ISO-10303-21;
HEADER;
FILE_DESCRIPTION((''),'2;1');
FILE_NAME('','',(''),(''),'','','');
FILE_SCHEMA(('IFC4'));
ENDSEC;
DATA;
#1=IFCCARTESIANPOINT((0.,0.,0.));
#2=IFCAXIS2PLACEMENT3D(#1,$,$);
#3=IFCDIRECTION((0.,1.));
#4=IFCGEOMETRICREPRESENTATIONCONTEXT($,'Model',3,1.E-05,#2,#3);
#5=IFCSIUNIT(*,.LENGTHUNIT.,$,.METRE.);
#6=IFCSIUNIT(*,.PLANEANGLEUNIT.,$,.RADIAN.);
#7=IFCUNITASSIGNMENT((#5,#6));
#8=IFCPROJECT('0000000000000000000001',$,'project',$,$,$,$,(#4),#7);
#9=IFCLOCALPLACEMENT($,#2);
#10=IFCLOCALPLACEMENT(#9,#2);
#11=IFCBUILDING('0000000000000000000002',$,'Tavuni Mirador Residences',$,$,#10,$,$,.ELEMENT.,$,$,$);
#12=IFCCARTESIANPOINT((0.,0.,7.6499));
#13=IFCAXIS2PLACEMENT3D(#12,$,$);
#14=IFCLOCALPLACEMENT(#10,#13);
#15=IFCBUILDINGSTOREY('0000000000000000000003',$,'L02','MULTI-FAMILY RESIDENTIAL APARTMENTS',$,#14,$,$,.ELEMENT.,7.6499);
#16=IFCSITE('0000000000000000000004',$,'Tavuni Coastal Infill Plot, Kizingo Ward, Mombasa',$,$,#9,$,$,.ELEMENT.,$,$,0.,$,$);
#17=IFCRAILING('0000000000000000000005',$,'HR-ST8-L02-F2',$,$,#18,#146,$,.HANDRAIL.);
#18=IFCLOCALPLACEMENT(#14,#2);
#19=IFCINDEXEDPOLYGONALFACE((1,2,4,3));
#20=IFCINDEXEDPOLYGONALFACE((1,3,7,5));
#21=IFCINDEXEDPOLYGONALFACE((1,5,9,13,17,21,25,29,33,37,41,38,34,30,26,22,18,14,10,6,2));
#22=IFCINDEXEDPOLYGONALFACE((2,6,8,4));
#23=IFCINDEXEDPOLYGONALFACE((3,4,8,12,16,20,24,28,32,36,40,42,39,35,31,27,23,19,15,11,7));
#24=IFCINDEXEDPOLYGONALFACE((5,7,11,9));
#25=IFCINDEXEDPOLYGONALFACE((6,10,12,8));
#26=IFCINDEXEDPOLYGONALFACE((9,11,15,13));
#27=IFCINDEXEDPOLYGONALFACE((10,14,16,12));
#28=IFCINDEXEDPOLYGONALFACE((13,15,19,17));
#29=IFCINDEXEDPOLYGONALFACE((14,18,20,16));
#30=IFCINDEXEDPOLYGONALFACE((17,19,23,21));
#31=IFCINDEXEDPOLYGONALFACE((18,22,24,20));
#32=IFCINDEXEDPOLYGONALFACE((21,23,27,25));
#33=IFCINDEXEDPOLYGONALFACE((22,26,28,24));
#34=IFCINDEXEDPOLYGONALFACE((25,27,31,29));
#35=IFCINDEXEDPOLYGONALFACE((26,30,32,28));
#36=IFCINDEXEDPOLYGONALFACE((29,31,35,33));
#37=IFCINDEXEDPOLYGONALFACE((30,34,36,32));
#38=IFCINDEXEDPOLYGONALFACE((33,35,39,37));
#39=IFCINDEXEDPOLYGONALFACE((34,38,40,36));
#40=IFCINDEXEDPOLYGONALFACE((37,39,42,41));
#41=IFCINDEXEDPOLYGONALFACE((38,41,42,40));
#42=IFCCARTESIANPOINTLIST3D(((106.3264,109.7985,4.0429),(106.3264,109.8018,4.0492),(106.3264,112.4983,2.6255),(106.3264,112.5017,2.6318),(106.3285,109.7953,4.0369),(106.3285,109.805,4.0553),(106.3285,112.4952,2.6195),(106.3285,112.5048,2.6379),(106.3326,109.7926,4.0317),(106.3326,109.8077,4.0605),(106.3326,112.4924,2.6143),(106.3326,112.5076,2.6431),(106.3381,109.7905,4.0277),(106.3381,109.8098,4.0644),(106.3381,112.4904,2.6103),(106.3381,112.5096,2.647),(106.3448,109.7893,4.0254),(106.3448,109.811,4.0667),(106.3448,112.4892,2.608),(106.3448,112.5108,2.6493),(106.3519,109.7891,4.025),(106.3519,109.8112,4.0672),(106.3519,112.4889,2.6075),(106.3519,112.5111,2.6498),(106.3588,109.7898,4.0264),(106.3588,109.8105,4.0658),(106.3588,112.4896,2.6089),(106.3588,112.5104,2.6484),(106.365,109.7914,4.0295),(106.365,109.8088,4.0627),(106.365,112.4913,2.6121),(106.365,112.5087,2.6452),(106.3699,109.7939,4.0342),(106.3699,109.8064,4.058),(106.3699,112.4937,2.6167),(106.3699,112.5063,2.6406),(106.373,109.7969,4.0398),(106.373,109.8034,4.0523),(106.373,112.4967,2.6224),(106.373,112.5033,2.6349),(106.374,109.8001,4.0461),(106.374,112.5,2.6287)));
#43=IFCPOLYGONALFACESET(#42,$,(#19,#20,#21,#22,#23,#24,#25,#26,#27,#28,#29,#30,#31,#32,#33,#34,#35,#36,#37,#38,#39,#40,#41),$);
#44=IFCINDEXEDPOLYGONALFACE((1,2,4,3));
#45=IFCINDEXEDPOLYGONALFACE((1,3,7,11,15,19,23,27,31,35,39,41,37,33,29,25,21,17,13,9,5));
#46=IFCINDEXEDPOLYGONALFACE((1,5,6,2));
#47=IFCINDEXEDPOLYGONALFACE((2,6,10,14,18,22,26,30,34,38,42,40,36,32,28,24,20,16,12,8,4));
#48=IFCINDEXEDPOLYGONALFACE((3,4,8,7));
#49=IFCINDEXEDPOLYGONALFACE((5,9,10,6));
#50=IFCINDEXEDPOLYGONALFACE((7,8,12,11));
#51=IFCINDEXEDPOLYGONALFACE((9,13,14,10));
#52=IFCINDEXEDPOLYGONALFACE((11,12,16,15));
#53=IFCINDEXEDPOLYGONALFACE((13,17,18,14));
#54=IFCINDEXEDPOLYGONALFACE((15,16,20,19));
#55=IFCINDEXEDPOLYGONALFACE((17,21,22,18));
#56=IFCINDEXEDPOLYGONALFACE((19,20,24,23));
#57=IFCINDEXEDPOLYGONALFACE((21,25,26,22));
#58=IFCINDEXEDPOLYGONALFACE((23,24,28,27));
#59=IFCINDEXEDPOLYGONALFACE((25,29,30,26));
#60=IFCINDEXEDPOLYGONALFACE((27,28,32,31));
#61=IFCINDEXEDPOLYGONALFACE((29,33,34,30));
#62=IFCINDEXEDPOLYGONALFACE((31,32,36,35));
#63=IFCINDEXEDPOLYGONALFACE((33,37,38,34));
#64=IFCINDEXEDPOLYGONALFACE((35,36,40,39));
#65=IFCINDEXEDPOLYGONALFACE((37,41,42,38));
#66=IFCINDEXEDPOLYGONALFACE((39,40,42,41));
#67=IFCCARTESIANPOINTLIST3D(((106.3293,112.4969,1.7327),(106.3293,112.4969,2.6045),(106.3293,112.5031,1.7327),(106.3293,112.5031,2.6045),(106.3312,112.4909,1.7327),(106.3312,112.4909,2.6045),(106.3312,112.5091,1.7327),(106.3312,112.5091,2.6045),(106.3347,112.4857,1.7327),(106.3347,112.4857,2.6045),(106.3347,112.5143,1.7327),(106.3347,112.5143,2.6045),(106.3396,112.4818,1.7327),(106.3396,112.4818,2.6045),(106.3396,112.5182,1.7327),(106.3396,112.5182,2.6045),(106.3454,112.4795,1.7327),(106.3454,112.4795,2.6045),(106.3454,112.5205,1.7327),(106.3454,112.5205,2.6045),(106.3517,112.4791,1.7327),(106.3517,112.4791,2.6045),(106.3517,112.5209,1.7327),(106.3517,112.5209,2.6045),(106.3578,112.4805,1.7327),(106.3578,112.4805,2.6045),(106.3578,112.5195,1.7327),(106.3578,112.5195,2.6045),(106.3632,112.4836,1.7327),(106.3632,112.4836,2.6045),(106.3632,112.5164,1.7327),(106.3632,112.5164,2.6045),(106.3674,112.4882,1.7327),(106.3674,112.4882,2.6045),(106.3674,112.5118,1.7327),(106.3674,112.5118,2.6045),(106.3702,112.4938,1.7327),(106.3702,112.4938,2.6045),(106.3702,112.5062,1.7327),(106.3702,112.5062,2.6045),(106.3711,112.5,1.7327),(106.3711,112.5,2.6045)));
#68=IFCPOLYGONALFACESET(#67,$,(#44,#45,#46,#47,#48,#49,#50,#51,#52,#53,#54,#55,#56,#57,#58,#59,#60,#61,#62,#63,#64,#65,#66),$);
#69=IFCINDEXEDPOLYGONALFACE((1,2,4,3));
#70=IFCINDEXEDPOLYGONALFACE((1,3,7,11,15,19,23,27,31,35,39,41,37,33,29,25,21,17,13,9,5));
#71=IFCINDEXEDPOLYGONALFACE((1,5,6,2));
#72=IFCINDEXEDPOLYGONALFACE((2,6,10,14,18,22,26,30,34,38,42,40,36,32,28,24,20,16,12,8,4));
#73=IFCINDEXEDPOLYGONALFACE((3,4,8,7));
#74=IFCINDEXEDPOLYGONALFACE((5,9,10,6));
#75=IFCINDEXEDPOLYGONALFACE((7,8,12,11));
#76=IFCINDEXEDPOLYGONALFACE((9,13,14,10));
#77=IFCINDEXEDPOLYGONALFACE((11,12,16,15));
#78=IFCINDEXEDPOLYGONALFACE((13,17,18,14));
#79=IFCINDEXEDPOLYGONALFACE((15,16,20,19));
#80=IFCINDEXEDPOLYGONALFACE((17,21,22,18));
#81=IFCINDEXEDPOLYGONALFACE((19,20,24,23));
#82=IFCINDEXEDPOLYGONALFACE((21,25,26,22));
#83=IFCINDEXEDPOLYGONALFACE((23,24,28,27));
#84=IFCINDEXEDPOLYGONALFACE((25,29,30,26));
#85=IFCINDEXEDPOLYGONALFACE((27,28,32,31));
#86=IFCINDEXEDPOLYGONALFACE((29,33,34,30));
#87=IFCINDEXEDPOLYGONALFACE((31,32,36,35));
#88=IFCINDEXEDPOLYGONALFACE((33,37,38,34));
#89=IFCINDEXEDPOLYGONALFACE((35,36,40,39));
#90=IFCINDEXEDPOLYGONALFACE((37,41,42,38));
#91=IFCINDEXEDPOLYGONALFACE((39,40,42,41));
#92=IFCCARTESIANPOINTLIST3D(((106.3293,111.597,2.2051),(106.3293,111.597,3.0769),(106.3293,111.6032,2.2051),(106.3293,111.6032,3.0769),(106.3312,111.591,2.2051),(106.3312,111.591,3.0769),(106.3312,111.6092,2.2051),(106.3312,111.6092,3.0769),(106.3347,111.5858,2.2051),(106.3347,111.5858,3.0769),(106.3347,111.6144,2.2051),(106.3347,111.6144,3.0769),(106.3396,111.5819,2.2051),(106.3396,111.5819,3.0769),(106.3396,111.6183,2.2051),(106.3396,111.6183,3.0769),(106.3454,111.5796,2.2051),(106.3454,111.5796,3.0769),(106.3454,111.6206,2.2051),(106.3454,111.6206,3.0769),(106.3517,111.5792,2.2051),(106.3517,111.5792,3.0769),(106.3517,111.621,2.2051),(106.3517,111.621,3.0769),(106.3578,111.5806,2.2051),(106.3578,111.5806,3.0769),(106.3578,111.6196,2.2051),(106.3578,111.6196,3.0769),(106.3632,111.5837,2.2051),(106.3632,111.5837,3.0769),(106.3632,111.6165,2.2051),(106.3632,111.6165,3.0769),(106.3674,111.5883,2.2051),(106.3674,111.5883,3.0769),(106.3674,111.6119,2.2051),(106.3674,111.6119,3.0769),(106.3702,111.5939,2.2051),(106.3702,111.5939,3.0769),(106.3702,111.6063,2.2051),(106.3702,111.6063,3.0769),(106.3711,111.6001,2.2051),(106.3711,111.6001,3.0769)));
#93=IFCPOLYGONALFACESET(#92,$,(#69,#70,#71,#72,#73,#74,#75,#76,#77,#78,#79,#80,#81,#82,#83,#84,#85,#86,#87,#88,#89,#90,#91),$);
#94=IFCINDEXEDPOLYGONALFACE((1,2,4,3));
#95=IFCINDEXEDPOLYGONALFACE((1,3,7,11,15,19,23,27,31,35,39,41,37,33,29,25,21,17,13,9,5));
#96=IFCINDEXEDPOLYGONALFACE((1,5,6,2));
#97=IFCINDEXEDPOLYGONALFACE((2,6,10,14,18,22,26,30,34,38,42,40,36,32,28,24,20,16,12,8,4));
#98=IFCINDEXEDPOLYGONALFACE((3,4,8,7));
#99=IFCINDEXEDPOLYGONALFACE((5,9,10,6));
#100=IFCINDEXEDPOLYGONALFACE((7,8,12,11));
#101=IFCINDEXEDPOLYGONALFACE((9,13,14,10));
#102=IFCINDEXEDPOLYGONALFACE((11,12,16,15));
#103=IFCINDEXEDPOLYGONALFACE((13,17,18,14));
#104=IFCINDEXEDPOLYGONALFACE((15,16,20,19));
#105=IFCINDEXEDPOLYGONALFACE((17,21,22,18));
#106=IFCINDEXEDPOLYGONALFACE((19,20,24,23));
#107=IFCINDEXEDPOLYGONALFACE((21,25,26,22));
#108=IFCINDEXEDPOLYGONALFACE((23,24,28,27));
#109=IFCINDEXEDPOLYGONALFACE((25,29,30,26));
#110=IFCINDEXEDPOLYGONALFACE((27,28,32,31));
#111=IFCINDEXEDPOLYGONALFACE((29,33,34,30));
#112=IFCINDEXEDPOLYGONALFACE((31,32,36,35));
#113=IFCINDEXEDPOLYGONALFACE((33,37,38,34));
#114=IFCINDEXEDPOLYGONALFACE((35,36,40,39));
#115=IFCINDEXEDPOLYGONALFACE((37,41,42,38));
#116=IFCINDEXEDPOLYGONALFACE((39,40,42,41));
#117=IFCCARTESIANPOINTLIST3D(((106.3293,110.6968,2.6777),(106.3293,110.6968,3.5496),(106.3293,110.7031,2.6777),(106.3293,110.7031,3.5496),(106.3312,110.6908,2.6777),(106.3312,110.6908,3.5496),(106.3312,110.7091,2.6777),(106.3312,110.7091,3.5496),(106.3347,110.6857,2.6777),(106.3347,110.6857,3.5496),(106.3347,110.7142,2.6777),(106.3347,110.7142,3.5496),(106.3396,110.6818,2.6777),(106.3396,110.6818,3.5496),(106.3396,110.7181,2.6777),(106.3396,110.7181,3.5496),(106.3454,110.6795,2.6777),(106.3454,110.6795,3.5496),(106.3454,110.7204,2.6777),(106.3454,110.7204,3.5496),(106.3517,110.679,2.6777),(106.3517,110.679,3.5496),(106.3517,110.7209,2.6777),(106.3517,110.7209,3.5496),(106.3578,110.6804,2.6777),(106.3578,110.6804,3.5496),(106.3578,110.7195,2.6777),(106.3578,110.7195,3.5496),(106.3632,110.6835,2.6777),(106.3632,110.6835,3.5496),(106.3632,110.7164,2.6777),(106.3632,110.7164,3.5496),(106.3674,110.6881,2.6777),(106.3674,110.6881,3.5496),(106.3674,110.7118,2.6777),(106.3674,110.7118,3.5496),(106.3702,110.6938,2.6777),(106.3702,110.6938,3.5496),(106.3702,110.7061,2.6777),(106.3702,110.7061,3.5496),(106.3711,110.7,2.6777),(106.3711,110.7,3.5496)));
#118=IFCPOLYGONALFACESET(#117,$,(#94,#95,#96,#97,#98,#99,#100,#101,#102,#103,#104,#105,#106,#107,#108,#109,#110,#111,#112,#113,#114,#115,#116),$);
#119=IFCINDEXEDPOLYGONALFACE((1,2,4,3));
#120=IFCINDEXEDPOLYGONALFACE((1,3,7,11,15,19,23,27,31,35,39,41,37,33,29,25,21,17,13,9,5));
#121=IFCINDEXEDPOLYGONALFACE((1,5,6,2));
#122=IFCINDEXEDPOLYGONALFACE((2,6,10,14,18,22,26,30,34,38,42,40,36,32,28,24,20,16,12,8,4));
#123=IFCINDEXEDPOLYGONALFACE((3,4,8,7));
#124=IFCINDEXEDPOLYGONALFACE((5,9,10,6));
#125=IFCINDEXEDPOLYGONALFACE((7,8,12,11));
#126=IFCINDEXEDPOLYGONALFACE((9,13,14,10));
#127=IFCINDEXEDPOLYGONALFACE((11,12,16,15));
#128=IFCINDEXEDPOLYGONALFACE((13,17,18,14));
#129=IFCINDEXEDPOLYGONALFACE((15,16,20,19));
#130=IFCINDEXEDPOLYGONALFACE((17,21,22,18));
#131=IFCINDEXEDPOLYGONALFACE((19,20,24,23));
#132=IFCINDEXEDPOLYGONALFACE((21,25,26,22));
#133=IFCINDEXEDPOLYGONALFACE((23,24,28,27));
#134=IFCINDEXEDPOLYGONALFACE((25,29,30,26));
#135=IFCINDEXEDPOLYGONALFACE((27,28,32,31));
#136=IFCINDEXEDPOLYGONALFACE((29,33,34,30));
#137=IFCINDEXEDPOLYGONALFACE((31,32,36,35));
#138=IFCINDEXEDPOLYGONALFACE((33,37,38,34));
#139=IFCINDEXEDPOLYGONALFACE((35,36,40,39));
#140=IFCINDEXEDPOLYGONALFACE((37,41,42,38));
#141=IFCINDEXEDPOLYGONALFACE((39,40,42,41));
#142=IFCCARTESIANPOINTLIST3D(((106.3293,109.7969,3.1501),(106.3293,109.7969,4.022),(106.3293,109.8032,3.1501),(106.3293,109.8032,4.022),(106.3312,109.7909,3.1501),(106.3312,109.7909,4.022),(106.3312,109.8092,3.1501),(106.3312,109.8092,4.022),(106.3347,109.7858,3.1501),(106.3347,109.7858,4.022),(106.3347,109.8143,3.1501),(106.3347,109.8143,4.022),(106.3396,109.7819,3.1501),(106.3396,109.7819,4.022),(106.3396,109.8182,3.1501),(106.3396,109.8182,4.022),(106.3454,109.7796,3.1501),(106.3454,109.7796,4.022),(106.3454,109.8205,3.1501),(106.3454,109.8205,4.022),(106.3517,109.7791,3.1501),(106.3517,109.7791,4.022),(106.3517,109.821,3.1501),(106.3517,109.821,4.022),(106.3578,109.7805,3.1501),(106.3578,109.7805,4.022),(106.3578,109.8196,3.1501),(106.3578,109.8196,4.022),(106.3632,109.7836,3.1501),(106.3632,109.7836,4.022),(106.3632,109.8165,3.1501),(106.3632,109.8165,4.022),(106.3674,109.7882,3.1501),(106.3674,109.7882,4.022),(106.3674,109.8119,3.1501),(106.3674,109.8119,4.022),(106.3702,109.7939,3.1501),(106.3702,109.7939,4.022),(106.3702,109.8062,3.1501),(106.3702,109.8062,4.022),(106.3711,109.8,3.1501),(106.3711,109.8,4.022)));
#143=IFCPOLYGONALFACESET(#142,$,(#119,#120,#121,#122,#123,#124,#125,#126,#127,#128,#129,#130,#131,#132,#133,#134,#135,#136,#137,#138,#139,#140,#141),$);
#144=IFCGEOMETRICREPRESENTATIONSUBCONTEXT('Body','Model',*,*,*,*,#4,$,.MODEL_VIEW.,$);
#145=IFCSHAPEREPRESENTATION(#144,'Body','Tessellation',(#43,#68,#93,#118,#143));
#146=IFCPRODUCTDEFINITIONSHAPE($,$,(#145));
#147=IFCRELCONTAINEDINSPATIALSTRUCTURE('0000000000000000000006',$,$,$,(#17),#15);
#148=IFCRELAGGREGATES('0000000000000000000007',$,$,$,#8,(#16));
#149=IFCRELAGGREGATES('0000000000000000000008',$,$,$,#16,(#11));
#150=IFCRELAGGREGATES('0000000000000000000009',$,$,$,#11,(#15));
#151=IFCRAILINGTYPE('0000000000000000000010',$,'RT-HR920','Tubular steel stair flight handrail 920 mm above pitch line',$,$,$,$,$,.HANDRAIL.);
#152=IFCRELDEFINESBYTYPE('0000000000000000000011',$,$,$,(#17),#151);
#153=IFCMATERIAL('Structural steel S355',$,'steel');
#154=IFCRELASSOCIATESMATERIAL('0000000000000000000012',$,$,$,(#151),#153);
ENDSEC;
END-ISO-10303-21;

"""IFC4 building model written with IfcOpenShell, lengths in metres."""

from ifc_helpers import new_model, si_unit, direction, frame, origin, origin_2d, place, context, subcontext, project, spatial, circle, extrude, material, type_object, element, save


model = new_model("IFC4")

# Units and contexts
model_context = context("Model", 3, precision=1e-05, world=origin(), true_north=direction((0.0, 1.0)))
body_context = subcontext(model_context, "Body", "Model", "MODEL_VIEW")
ifc_project = project(units=[si_unit("LENGTHUNIT", "METRE"), si_unit("PLANEANGLEUNIT", "RADIAN")], contexts=[model_context])

# Site, building, storey
site_placement = place(None, origin())
site = spatial("IfcSite", under=ifc_project, at=site_placement, Name="Tavuni Coastal Infill Plot, Kizingo Ward, Mombasa", CompositionType="ELEMENT", RefElevation=0.0)
building_placement = place(site_placement, origin())
building = spatial("IfcBuilding", under=site, at=building_placement, Name="Tavuni Mirador Residences", CompositionType="ELEMENT")
storey_placement = place(building_placement, frame((0.0, 0.0, 7.6499)))
storey = spatial("IfcBuildingStorey", under=building, at=storey_placement, Name="L02", Description="MULTI-FAMILY RESIDENTIAL APARTMENTS", CompositionType="ELEMENT", Elevation=7.6499)

# Shared definitions
ifc_material_1 = material(Name="Structural steel S355", Category="steel")

# Railing
railing_type_1 = type_object("IfcRailingType", Name="RT-HR920", Description="Tubular steel stair flight handrail 920 mm above pitch line", PredefinedType="HANDRAIL", material=ifc_material_1)
railing_1_placement = place(storey_placement, frame((106.3501, 112.5, 1.7327)))
element("IfcRailing", 1, at=railing_1_placement, inside=storey, type_object=railing_type_1, Name="HR-ST8-L02-F2", PredefinedType="HANDRAIL", context=body_context, shape_type="SweptSolid", body=[
    extrude(circle(Radius=0.0239, at=origin_2d()), frame((0.0, 0.0, 0.896), z_axis=(0.0, -0.885397, 0.464835), x_axis=(1.0, 0.0, 0.0)), (0.0, 0.0, 1.0), 3.0493),
    extrude(circle(Radius=0.021, at=origin_2d()), origin(), (0.0, 0.0, 1.0), 0.8718),
    extrude(circle(Radius=0.021, at=origin_2d()), frame((0.0, -0.8999, 0.4724)), (0.0, 0.0, 1.0), 0.8718),
    extrude(circle(Radius=0.021, at=origin_2d()), frame((0.0, -1.8, 0.9451)), (0.0, 0.0, 1.0), 0.8718),
    extrude(circle(Radius=0.021, at=origin_2d()), frame((0.0, -2.7, 1.4175)), (0.0, 0.0, 1.0), 0.8718),
])

save(model, "model.ifc")
